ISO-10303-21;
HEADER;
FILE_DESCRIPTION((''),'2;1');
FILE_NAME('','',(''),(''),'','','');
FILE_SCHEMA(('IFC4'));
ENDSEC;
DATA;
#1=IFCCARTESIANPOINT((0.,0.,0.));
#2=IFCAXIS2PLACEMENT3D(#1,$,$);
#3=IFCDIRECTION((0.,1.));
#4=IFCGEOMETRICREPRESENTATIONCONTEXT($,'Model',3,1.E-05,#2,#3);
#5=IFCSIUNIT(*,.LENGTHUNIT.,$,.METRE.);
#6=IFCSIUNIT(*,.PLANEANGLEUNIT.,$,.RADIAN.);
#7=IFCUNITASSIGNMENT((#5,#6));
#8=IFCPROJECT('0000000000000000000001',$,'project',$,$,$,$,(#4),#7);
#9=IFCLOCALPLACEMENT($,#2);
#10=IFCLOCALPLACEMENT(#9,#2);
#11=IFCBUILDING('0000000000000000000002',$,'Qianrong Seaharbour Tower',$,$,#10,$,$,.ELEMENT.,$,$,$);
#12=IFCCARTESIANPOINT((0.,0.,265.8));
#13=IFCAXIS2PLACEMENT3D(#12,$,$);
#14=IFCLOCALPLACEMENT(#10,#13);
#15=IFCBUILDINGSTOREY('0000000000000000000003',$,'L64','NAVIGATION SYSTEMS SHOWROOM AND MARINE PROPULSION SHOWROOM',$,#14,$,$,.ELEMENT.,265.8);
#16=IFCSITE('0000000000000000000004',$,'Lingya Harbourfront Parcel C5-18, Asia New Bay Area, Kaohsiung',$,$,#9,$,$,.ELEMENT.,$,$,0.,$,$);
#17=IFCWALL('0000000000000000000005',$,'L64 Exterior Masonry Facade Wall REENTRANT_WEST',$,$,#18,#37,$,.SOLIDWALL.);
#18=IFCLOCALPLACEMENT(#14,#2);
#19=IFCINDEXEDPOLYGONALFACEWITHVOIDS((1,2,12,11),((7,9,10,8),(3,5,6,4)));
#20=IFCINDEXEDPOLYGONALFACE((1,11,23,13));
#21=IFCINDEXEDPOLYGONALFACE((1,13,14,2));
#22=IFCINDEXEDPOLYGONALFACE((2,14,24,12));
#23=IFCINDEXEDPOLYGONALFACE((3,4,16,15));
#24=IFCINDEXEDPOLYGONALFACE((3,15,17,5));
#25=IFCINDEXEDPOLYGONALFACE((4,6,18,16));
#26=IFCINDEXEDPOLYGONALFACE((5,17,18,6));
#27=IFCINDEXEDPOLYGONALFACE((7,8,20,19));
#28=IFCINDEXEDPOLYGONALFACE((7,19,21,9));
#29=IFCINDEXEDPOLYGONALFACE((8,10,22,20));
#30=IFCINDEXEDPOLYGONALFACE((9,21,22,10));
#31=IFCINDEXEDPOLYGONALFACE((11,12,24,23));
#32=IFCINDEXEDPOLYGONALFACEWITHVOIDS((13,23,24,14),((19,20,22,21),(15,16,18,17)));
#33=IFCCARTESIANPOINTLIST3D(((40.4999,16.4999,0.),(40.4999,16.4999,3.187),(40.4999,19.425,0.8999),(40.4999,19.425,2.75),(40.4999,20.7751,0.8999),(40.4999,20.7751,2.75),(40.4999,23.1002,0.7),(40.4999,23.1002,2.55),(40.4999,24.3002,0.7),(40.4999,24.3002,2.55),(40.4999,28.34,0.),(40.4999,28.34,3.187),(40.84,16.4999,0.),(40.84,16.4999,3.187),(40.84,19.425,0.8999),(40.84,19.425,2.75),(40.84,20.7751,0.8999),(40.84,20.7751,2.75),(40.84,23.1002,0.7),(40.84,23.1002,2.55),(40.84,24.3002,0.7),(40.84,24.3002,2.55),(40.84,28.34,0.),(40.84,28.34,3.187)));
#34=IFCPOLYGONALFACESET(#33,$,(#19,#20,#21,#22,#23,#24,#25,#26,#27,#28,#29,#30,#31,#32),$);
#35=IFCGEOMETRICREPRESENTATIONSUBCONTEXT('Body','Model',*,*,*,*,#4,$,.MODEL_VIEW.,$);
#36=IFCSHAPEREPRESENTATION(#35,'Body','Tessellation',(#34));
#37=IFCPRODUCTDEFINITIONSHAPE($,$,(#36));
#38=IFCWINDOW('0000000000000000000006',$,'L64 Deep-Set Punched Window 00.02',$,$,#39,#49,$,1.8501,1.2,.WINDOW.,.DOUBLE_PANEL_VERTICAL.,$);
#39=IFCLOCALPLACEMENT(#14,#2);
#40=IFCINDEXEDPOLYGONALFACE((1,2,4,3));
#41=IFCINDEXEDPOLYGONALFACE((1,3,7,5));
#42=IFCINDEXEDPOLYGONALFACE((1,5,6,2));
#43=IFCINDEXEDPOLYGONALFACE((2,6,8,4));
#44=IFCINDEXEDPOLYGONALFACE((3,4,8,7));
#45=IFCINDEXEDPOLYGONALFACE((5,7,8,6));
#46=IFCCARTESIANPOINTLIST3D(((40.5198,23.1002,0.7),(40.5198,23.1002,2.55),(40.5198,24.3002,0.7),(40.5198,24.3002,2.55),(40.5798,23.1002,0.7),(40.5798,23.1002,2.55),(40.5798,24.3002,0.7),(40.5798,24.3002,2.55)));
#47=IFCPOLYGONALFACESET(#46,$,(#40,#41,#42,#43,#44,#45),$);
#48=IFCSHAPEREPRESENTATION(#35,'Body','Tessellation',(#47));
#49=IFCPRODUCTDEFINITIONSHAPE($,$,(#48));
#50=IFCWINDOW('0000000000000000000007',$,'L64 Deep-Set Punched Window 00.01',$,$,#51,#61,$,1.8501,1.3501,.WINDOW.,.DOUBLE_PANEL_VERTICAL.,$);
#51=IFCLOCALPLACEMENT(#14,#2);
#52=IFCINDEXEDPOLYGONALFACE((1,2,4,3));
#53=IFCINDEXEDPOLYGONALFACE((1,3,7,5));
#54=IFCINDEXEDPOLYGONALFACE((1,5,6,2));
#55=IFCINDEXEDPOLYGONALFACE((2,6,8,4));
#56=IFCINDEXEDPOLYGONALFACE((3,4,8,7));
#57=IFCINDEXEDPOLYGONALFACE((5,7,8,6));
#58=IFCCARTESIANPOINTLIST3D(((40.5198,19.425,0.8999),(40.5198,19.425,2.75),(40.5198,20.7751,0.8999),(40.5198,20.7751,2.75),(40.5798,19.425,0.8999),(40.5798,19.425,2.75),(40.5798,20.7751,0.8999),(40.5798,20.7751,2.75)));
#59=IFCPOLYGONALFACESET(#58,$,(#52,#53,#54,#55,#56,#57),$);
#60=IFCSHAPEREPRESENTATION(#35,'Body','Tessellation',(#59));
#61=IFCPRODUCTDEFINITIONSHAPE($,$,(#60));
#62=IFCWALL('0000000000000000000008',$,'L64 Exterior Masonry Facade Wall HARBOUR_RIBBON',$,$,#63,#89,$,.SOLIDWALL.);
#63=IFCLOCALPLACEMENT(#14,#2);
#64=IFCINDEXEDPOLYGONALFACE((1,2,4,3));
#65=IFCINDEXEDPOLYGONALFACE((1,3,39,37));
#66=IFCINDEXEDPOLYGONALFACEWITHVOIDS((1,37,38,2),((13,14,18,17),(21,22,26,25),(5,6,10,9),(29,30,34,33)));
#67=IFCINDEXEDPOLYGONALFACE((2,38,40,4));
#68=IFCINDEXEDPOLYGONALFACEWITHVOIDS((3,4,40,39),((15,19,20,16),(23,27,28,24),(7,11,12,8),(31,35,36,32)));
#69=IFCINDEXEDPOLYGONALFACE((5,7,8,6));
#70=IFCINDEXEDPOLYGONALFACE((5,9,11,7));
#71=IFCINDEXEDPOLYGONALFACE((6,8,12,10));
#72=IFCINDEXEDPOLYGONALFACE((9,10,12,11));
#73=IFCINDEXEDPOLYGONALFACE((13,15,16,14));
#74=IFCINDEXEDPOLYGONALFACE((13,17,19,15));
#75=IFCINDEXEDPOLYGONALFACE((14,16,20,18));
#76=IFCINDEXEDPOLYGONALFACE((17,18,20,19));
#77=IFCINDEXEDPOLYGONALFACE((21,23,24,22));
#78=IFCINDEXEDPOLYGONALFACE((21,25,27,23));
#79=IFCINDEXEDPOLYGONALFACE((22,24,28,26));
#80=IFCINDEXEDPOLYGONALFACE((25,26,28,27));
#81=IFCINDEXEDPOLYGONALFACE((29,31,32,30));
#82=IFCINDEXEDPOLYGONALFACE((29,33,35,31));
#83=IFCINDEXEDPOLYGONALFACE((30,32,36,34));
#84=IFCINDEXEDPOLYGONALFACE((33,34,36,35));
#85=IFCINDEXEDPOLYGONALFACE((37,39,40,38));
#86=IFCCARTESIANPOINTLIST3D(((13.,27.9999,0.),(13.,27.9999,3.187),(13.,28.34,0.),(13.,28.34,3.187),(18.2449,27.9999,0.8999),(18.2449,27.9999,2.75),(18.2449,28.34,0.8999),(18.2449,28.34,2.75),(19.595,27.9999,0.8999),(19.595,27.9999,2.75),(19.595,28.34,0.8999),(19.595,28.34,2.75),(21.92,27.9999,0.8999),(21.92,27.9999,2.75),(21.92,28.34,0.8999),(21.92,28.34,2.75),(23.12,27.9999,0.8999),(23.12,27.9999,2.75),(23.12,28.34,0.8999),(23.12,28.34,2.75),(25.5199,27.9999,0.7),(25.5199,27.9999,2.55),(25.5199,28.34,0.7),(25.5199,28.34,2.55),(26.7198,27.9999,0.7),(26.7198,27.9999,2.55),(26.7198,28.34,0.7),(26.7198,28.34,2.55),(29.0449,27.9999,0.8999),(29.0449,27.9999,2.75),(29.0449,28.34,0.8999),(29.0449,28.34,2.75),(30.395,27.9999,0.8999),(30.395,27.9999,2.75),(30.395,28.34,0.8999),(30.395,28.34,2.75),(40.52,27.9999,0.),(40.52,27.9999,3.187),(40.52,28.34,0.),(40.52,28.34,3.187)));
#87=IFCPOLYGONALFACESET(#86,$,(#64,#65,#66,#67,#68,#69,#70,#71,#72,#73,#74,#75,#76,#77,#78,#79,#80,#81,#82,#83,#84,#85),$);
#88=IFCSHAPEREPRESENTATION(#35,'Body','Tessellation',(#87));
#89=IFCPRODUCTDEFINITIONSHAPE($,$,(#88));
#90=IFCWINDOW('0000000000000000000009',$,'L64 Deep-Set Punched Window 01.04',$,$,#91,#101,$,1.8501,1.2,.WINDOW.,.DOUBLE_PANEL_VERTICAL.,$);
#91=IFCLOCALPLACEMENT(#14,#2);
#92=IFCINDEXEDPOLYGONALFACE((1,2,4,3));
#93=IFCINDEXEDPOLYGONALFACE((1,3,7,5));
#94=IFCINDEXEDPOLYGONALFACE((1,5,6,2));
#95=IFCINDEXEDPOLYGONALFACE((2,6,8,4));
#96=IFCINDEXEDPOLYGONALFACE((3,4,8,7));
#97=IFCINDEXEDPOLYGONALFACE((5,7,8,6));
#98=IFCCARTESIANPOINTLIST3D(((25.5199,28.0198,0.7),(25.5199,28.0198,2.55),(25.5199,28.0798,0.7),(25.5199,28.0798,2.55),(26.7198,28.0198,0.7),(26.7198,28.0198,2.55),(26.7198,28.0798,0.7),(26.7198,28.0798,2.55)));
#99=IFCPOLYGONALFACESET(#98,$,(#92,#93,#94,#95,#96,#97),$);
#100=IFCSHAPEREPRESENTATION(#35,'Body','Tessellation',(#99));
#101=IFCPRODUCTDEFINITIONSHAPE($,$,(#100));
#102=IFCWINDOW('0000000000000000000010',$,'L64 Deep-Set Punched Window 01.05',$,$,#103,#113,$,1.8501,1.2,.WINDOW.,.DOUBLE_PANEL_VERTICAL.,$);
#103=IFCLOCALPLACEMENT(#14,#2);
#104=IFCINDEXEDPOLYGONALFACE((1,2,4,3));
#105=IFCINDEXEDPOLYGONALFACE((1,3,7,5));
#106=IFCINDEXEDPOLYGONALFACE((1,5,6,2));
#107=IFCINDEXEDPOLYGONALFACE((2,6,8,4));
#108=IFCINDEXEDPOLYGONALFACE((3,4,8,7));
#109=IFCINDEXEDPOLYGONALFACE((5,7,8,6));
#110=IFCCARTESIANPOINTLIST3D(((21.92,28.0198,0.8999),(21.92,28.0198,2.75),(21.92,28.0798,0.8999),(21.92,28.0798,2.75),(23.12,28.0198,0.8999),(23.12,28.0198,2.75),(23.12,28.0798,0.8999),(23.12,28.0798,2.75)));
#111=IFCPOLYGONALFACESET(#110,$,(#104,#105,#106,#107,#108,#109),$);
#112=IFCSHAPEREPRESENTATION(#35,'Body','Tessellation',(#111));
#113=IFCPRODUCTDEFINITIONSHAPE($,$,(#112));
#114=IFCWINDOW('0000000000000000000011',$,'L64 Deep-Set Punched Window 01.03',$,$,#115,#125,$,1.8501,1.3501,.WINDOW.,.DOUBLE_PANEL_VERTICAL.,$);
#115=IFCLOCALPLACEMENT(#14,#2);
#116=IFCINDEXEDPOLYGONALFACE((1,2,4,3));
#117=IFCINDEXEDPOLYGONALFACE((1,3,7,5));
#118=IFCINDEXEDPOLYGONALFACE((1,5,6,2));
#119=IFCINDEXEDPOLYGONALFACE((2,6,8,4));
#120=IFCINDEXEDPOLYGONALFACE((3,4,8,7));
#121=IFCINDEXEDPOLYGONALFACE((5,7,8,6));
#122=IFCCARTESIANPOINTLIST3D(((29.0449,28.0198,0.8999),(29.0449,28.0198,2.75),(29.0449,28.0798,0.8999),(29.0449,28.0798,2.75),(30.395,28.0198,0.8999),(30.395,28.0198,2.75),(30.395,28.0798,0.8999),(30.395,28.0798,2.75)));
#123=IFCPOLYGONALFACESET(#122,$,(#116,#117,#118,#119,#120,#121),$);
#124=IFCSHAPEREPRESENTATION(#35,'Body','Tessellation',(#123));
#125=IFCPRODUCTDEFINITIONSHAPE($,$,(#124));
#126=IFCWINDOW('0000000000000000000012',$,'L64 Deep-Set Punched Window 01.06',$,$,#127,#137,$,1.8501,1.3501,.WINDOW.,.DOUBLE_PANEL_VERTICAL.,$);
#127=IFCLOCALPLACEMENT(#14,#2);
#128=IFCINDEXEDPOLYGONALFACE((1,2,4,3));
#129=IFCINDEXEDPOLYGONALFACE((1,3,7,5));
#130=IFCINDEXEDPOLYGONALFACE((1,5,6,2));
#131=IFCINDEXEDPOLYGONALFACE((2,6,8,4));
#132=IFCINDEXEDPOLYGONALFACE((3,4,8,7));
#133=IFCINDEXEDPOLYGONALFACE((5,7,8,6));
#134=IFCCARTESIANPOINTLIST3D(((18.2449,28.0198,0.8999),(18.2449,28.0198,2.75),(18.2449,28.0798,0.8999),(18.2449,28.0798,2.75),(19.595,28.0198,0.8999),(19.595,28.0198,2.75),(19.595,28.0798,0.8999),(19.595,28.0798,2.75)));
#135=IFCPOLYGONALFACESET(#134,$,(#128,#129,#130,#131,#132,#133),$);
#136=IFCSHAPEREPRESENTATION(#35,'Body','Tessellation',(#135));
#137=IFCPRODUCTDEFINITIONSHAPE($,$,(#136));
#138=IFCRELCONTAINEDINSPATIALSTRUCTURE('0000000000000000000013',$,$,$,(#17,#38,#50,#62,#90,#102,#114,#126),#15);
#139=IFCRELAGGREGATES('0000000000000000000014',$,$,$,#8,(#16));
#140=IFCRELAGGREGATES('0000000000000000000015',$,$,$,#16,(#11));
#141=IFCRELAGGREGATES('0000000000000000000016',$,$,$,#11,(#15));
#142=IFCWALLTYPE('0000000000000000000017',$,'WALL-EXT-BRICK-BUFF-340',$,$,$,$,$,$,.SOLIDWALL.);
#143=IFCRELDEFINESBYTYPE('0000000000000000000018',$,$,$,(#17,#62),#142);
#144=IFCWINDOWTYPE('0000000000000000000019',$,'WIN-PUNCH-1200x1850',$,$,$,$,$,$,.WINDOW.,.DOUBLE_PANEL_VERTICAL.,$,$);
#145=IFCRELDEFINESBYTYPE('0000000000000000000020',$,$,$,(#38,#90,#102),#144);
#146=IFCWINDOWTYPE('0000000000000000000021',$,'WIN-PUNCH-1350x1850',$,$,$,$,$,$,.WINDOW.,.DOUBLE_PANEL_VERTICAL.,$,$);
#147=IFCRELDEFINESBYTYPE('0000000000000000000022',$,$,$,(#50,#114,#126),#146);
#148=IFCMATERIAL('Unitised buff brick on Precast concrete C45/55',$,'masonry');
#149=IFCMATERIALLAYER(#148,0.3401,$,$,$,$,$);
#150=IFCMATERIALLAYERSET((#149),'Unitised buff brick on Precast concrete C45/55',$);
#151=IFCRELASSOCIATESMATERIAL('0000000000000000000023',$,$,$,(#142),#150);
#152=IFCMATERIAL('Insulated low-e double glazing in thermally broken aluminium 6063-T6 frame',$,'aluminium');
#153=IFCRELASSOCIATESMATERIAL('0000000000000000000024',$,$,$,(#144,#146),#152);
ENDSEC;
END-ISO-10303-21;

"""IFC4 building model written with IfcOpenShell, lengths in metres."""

from ifc_helpers import new_model, si_unit, direction, frame, frame_2d, origin, place, context, subcontext, project, spatial, rectangle, extrude, material, layer, layer_set, type_object, element, fill, save


model = new_model("IFC4")

# Units and contexts
model_context = context("Model", 3, precision=1e-05, world=origin(), true_north=direction((0.0, 1.0)))
body_context = subcontext(model_context, "Body", "Model", "MODEL_VIEW")
ifc_project = project(units=[si_unit("LENGTHUNIT", "METRE"), si_unit("PLANEANGLEUNIT", "RADIAN")], contexts=[model_context])

# Site, building, storey
site_placement = place(None, origin())
site = spatial("IfcSite", under=ifc_project, at=site_placement, Name="Lingya Harbourfront Parcel C5-18, Asia New Bay Area, Kaohsiung", CompositionType="ELEMENT", RefElevation=0.0)
building_placement = place(site_placement, origin())
building = spatial("IfcBuilding", under=site, at=building_placement, Name="Qianrong Seaharbour Tower", CompositionType="ELEMENT")
storey_placement = place(building_placement, frame((0.0, 0.0, 265.8)))
storey = spatial("IfcBuildingStorey", under=building, at=storey_placement, Name="L64", Description="NAVIGATION SYSTEMS SHOWROOM AND MARINE PROPULSION SHOWROOM", CompositionType="ELEMENT", Elevation=265.8)

# Walls, openings, windows
ifc_material_1 = material(Name="Unitised buff brick on Precast concrete C45/55", Category="masonry")
ifc_layer_1 = layer(ifc_material_1, 0.3401)
ifc_layer_set_1 = layer_set([ifc_layer_1], Name="Unitised buff brick on Precast concrete C45/55")
wall_type_1 = type_object("IfcWallType", Name="WALL-EXT-BRICK-BUFF-340", PredefinedType="SOLIDWALL", material=ifc_layer_set_1)
wall_1_placement = place(storey_placement, frame((40.6699, 16.5, 0.0), z_axis=(0.0, 0.0, 1.0), x_axis=(0.0, 1.0, 0.0)))
wall_1 = element("IfcWall", 1, at=wall_1_placement, inside=storey, type_object=wall_type_1, Name="L64 Exterior Masonry Facade Wall REENTRANT_WEST", PredefinedType="SOLIDWALL", context=body_context, shape_type="SweptSolid", body=[
    extrude(rectangle(XDim=11.8401, YDim=0.3401, at=frame_2d((5.9199, 0.0))), origin(), (0.0, 0.0, 1.0), 3.187),
])
opening_1_placement = place(wall_1_placement, frame((2.925, 0.0, 0.8999)))
opening_1 = element("IfcOpeningElement", 2, at=opening_1_placement, cuts=wall_1, PredefinedType="OPENING", context=body_context, shape_type="SweptSolid", body=[
    extrude(rectangle(XDim=1.3501, YDim=1.8501, at=frame_2d((0.675, 0.925))), frame((0.0, 0.1802, 0.0), z_axis=(0.0, -1.0, 0.0), x_axis=(1.0, 0.0, 0.0)), (0.0, 0.0, 1.0), 0.3601),
])
opening_2_placement = place(wall_1_placement, frame((6.6001, 0.0, 0.7)))
opening_2 = element("IfcOpeningElement", 3, at=opening_2_placement, cuts=wall_1, PredefinedType="OPENING", context=body_context, shape_type="SweptSolid", body=[
    extrude(rectangle(XDim=1.2, YDim=1.8501, at=frame_2d((0.6001, 0.925))), frame((0.0, 0.1802, 0.0), z_axis=(0.0, -1.0, 0.0), x_axis=(1.0, 0.0, 0.0)), (0.0, 0.0, 1.0), 0.3601),
])
ifc_material_2 = material(Name="Insulated low-e double glazing in thermally broken aluminium 6063-T6 frame", Category="aluminium")
window_type_1 = type_object("IfcWindowType", Name="WIN-PUNCH-1200x1850", PartitioningType="DOUBLE_PANEL_VERTICAL", PredefinedType="WINDOW", material=ifc_material_2)
window_1_placement = place(opening_2_placement, origin())
window_1 = element("IfcWindow", 4, at=window_1_placement, inside=storey, type_object=window_type_1, Name="L64 Deep-Set Punched Window 00.02", OverallHeight=1.8501, OverallWidth=1.2, PartitioningType="DOUBLE_PANEL_VERTICAL", PredefinedType="WINDOW", context=body_context, shape_type="SweptSolid", body=[
    extrude(rectangle(XDim=1.2, YDim=1.8501, at=frame_2d((0.6001, 0.925))), frame((0.0, 0.1501, 0.0), z_axis=(0.0, -1.0, 0.0), x_axis=(1.0, 0.0, 0.0)), (0.0, 0.0, 1.0), 0.0601),
])
fill(opening_2, window_1)
window_type_2 = type_object("IfcWindowType", Name="WIN-PUNCH-1350x1850", PartitioningType="DOUBLE_PANEL_VERTICAL", PredefinedType="WINDOW", material=ifc_material_2)
window_2_placement = place(opening_1_placement, origin())
window_2 = element("IfcWindow", 5, at=window_2_placement, inside=storey, type_object=window_type_2, Name="L64 Deep-Set Punched Window 00.01", OverallHeight=1.8501, OverallWidth=1.3501, PartitioningType="DOUBLE_PANEL_VERTICAL", PredefinedType="WINDOW", context=body_context, shape_type="SweptSolid", body=[
    extrude(rectangle(XDim=1.3501, YDim=1.8501, at=frame_2d((0.675, 0.925))), frame((0.0, 0.1501, 0.0), z_axis=(0.0, -1.0, 0.0), x_axis=(1.0, 0.0, 0.0)), (0.0, 0.0, 1.0), 0.0601),
])
fill(opening_1, window_2)
wall_2_placement = place(storey_placement, frame((40.52, 28.1699, 0.0), z_axis=(0.0, 0.0, 1.0), x_axis=(-1.0, 0.0, 0.0)))
wall_2 = element("IfcWall", 6, at=wall_2_placement, inside=storey, type_object=wall_type_1, Name="L64 Exterior Masonry Facade Wall HARBOUR_RIBBON", PredefinedType="SOLIDWALL", context=body_context, shape_type="SweptSolid", body=[
    extrude(rectangle(XDim=27.52, YDim=0.3401, at=frame_2d((13.76, 0.0))), origin(), (0.0, 0.0, 1.0), 3.187),
])
opening_3_placement = place(wall_2_placement, frame((10.125, 0.0, 0.8999)))
opening_3 = element("IfcOpeningElement", 7, at=opening_3_placement, cuts=wall_2, PredefinedType="OPENING", context=body_context, shape_type="SweptSolid", body=[
    extrude(rectangle(XDim=1.3501, YDim=1.8501, at=frame_2d((0.675, 0.925))), frame((0.0, 0.1802, 0.0), z_axis=(0.0, -1.0, 0.0), x_axis=(1.0, 0.0, 0.0)), (0.0, 0.0, 1.0), 0.3601),
])
opening_4_placement = place(wall_2_placement, frame((13.8, 0.0, 0.7)))
opening_4 = element("IfcOpeningElement", 8, at=opening_4_placement, cuts=wall_2, PredefinedType="OPENING", context=body_context, shape_type="SweptSolid", body=[
    extrude(rectangle(XDim=1.2, YDim=1.8501, at=frame_2d((0.6001, 0.925))), frame((0.0, 0.1802, 0.0), z_axis=(0.0, -1.0, 0.0), x_axis=(1.0, 0.0, 0.0)), (0.0, 0.0, 1.0), 0.3601),
])
opening_5_placement = place(wall_2_placement, frame((17.3999, 0.0, 0.8999)))
opening_5 = element("IfcOpeningElement", 9, at=opening_5_placement, cuts=wall_2, PredefinedType="OPENING", context=body_context, shape_type="SweptSolid", body=[
    extrude(rectangle(XDim=1.2, YDim=1.8501, at=frame_2d((0.6001, 0.925))), frame((0.0, 0.1802, 0.0), z_axis=(0.0, -1.0, 0.0), x_axis=(1.0, 0.0, 0.0)), (0.0, 0.0, 1.0), 0.3601),
])
opening_6_placement = place(wall_2_placement, frame((20.925, 0.0, 0.8999)))
opening_6 = element("IfcOpeningElement", 10, at=opening_6_placement, cuts=wall_2, PredefinedType="OPENING", context=body_context, shape_type="SweptSolid", body=[
    extrude(rectangle(XDim=1.3501, YDim=1.8501, at=frame_2d((0.675, 0.925))), frame((0.0, 0.1802, 0.0), z_axis=(0.0, -1.0, 0.0), x_axis=(1.0, 0.0, 0.0)), (0.0, 0.0, 1.0), 0.3601),
])
window_3_placement = place(opening_4_placement, origin())
window_3 = element("IfcWindow", 11, at=window_3_placement, inside=storey, type_object=window_type_1, Name="L64 Deep-Set Punched Window 01.04", OverallHeight=1.8501, OverallWidth=1.2, PartitioningType="DOUBLE_PANEL_VERTICAL", PredefinedType="WINDOW", context=body_context, shape_type="SweptSolid", body=[
    extrude(rectangle(XDim=1.2, YDim=1.8501, at=frame_2d((0.6001, 0.925))), frame((0.0, 0.1501, 0.0), z_axis=(0.0, -1.0, 0.0), x_axis=(1.0, 0.0, 0.0)), (0.0, 0.0, 1.0), 0.0601),
])
fill(opening_4, window_3)
window_4_placement = place(opening_5_placement, origin())
window_4 = element("IfcWindow", 12, at=window_4_placement, inside=storey, type_object=window_type_1, Name="L64 Deep-Set Punched Window 01.05", OverallHeight=1.8501, OverallWidth=1.2, PartitioningType="DOUBLE_PANEL_VERTICAL", PredefinedType="WINDOW", context=body_context, shape_type="SweptSolid", body=[
    extrude(rectangle(XDim=1.2, YDim=1.8501, at=frame_2d((0.6001, 0.925))), frame((0.0, 0.1501, 0.0), z_axis=(0.0, -1.0, 0.0), x_axis=(1.0, 0.0, 0.0)), (0.0, 0.0, 1.0), 0.0601),
])
fill(opening_5, window_4)
window_5_placement = place(opening_3_placement, origin())
window_5 = element("IfcWindow", 13, at=window_5_placement, inside=storey, type_object=window_type_2, Name="L64 Deep-Set Punched Window 01.03", OverallHeight=1.8501, OverallWidth=1.3501, PartitioningType="DOUBLE_PANEL_VERTICAL", PredefinedType="WINDOW", context=body_context, shape_type="SweptSolid", body=[
    extrude(rectangle(XDim=1.3501, YDim=1.8501, at=frame_2d((0.675, 0.925))), frame((0.0, 0.1501, 0.0), z_axis=(0.0, -1.0, 0.0), x_axis=(1.0, 0.0, 0.0)), (0.0, 0.0, 1.0), 0.0601),
])
fill(opening_3, window_5)
window_6_placement = place(opening_6_placement, origin())
window_6 = element("IfcWindow", 14, at=window_6_placement, inside=storey, type_object=window_type_2, Name="L64 Deep-Set Punched Window 01.06", OverallHeight=1.8501, OverallWidth=1.3501, PartitioningType="DOUBLE_PANEL_VERTICAL", PredefinedType="WINDOW", context=body_context, shape_type="SweptSolid", body=[
    extrude(rectangle(XDim=1.3501, YDim=1.8501, at=frame_2d((0.675, 0.925))), frame((0.0, 0.1501, 0.0), z_axis=(0.0, -1.0, 0.0), x_axis=(1.0, 0.0, 0.0)), (0.0, 0.0, 1.0), 0.0601),
])
fill(opening_6, window_6)

save(model, "model.ifc")
